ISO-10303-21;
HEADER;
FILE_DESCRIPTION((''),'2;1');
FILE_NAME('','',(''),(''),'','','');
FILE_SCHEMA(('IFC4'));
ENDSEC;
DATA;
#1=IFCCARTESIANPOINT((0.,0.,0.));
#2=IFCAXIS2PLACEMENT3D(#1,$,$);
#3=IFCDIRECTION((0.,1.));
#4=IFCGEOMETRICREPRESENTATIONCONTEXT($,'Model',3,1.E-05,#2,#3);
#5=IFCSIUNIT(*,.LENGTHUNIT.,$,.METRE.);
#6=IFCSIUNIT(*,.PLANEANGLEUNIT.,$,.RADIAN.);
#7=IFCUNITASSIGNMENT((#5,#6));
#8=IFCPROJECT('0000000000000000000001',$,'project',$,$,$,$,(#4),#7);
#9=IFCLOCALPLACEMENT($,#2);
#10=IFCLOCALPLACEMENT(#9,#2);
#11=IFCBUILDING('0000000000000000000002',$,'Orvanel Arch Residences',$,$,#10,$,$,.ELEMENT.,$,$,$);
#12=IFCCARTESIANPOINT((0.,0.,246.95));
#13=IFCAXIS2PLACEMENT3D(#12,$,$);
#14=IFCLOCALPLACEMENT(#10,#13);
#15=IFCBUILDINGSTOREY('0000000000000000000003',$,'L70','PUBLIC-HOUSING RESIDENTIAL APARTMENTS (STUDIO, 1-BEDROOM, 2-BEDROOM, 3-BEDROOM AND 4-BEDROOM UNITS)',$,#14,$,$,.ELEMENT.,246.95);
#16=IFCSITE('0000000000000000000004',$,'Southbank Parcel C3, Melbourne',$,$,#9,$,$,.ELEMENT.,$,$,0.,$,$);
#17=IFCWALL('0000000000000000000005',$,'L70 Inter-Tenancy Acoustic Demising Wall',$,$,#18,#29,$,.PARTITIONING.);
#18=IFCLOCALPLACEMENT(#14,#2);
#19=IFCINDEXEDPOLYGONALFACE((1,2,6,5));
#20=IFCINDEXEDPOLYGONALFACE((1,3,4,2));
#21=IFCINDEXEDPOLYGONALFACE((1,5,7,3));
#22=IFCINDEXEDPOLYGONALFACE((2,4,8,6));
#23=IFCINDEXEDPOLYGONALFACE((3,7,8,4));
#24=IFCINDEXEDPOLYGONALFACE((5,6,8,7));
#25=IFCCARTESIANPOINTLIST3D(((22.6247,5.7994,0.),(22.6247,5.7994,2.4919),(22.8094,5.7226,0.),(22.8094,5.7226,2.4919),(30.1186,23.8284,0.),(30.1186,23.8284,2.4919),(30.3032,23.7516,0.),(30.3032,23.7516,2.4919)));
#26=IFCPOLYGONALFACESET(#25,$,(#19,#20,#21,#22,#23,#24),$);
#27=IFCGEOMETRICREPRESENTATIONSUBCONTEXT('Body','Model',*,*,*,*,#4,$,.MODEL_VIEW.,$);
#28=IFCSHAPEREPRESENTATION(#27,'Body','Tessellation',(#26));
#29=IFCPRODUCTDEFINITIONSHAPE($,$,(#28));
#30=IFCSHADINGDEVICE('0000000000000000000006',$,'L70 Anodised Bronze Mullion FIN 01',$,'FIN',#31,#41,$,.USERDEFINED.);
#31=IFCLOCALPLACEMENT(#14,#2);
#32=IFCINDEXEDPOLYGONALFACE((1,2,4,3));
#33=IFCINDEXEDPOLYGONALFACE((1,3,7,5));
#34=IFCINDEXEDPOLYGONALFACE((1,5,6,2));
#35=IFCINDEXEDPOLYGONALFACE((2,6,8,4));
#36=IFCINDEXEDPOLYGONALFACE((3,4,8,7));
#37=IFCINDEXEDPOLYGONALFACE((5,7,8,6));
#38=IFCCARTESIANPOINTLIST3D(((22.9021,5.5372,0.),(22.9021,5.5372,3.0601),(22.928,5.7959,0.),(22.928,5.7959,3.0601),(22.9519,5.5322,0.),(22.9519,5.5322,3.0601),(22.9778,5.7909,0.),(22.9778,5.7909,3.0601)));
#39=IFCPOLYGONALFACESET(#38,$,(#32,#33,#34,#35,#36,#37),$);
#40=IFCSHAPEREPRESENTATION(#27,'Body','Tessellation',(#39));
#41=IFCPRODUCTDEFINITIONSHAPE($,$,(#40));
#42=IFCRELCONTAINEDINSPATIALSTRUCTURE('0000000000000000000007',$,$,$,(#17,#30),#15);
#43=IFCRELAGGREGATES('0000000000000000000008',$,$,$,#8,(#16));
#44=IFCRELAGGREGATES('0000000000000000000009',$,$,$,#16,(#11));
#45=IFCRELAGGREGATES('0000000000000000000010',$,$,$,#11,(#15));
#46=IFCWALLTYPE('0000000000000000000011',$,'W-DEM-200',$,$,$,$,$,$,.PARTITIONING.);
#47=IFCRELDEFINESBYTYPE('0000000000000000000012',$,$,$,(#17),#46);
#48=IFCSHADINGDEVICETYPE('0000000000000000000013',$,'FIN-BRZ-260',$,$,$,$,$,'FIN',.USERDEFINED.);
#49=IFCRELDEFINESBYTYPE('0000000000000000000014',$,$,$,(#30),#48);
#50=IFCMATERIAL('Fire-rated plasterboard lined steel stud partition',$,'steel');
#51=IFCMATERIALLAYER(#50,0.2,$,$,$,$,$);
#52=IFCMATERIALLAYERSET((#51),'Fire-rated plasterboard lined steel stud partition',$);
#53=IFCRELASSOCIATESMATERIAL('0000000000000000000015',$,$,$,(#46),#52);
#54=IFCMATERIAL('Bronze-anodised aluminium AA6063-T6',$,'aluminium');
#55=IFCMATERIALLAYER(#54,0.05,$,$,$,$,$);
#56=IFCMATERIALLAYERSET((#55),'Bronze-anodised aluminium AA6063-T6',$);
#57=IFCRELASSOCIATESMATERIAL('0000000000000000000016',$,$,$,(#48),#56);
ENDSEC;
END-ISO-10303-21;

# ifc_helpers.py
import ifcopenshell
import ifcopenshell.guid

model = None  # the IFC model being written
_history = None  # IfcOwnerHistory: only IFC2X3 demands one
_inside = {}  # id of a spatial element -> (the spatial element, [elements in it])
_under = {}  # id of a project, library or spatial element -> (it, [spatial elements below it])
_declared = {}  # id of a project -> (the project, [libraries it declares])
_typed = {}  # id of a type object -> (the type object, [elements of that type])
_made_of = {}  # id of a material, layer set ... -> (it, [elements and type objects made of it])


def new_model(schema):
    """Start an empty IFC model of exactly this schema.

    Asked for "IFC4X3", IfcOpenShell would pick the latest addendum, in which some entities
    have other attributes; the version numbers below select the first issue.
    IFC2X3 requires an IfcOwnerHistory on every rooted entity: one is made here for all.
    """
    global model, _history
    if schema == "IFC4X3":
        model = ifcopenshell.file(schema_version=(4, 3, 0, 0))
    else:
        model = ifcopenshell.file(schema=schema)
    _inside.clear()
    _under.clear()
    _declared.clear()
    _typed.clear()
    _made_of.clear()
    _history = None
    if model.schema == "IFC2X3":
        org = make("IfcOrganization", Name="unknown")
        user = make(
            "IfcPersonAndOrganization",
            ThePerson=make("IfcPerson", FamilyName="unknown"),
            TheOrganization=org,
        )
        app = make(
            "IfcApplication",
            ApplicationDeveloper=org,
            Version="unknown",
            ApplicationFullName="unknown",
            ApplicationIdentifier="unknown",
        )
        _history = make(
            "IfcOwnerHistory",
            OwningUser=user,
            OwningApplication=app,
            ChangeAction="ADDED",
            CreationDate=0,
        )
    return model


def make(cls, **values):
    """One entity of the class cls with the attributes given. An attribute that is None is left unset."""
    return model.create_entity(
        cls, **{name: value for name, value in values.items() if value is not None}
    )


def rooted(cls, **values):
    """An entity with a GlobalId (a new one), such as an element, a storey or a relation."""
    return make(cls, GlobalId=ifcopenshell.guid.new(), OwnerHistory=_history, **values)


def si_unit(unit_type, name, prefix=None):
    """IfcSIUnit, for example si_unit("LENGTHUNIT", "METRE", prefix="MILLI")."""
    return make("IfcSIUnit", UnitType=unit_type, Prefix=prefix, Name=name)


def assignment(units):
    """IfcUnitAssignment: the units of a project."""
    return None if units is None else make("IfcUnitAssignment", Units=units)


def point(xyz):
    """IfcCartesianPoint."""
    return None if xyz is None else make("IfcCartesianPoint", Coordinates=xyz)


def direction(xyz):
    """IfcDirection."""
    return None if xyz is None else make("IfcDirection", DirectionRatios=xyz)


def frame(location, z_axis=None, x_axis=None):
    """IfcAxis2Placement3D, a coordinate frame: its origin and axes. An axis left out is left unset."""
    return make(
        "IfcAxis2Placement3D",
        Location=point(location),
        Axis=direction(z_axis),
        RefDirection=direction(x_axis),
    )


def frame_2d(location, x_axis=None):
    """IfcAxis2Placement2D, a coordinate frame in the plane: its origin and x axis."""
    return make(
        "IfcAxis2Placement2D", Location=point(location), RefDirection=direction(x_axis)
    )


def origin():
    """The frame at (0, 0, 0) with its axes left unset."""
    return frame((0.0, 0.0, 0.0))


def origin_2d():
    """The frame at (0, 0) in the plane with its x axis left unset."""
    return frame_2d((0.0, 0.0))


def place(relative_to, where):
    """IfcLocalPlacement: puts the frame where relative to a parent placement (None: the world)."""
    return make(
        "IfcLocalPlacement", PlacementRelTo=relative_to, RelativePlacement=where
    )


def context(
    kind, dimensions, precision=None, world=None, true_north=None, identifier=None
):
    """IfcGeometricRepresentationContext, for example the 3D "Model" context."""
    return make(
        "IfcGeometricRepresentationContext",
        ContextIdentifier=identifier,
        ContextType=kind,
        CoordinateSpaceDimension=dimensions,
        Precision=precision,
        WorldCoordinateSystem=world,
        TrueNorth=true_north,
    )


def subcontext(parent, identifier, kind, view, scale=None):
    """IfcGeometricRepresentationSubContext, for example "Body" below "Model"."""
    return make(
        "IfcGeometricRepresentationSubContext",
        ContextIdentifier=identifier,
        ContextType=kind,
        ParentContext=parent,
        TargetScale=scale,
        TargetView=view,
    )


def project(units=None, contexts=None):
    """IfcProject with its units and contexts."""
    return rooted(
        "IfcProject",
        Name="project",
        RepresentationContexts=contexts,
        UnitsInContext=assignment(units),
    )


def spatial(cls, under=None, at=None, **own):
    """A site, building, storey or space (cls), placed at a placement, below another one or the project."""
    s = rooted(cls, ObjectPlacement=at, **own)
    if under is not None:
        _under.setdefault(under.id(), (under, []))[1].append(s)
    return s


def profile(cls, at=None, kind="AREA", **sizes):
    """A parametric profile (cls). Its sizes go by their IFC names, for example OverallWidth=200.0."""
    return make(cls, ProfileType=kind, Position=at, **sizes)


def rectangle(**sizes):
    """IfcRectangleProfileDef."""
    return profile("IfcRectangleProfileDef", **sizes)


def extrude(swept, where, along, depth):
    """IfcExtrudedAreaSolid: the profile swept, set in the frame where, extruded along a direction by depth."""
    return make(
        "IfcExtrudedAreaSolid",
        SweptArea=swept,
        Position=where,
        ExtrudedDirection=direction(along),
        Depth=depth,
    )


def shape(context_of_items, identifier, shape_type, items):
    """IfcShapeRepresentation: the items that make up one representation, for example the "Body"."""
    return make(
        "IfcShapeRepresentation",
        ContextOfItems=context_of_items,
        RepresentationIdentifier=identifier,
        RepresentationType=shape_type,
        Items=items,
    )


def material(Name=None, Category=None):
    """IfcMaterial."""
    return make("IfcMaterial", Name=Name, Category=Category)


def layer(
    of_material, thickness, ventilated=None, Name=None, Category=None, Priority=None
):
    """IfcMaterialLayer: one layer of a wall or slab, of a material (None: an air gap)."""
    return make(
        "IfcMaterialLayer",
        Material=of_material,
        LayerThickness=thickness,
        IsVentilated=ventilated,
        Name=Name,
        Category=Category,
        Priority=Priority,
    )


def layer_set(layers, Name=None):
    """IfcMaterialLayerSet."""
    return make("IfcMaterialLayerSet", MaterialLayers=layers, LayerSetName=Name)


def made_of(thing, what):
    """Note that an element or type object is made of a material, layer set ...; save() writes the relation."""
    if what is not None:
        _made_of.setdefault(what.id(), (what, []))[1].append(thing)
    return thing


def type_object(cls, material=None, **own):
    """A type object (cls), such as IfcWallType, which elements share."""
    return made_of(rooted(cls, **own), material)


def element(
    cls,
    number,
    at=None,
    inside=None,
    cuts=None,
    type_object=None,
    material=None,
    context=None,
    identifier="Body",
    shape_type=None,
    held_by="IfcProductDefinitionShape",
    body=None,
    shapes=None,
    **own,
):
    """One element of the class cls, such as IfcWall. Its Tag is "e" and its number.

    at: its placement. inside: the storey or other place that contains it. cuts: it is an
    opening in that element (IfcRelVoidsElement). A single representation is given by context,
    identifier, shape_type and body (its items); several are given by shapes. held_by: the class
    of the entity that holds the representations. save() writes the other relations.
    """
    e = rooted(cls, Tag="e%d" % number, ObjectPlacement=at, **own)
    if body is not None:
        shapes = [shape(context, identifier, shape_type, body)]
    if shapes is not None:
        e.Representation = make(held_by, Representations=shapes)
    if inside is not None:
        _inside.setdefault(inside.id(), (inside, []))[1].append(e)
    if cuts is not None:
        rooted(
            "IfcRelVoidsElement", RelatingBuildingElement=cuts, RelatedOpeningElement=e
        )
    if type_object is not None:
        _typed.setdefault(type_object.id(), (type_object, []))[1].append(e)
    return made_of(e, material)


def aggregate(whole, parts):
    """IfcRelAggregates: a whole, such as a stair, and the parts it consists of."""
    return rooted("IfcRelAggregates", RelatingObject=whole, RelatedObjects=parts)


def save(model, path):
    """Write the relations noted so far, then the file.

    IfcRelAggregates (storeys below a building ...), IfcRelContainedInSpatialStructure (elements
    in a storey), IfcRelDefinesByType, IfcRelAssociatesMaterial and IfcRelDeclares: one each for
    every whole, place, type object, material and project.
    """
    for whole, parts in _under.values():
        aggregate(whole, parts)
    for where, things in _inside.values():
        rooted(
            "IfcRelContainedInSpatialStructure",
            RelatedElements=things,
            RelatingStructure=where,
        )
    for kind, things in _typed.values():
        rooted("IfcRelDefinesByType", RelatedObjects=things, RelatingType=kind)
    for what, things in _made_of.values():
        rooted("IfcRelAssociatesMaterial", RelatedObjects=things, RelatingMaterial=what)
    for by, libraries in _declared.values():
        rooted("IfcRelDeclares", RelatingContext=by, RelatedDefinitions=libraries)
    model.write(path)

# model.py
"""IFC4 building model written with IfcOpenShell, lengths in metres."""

from ifc_helpers import new_model, si_unit, direction, frame, frame_2d, origin, origin_2d, place, context, subcontext, project, spatial, rectangle, extrude, material, layer, layer_set, type_object, element, save


model = new_model("IFC4")

# Units and contexts
model_context = context("Model", 3, precision=1e-05, world=origin(), true_north=direction((0.0, 1.0)))
body_context = subcontext(model_context, "Body", "Model", "MODEL_VIEW")
ifc_project = project(units=[si_unit("LENGTHUNIT", "METRE"), si_unit("PLANEANGLEUNIT", "RADIAN")], contexts=[model_context])

# Site, building, storey
site_placement = place(None, origin())
site = spatial("IfcSite", under=ifc_project, at=site_placement, Name="Southbank Parcel C3, Melbourne", CompositionType="ELEMENT", RefElevation=0.0)
building_placement = place(site_placement, origin())
building = spatial("IfcBuilding", under=site, at=building_placement, Name="Orvanel Arch Residences", CompositionType="ELEMENT")
storey_placement = place(building_placement, frame((0.0, 0.0, 246.95)))
storey = spatial("IfcBuildingStorey", under=building, at=storey_placement, Name="L70", Description="PUBLIC-HOUSING RESIDENTIAL APARTMENTS (STUDIO, 1-BEDROOM, 2-BEDROOM, 3-BEDROOM AND 4-BEDROOM UNITS)", CompositionType="ELEMENT", Elevation=246.95)

# Shared definitions
ifc_material_1 = material(Name="Bronze-anodised aluminium AA6063-T6", Category="aluminium")

# Wall
ifc_material_2 = material(Name="Fire-rated plasterboard lined steel stud partition", Category="steel")
ifc_layer_1 = layer(ifc_material_2, 0.2)
ifc_layer_set_1 = layer_set([ifc_layer_1], Name="Fire-rated plasterboard lined steel stud partition")
wall_type_1 = type_object("IfcWallType", Name="W-DEM-200", PredefinedType="PARTITIONING", material=ifc_layer_set_1)
wall_1_placement = place(storey_placement, frame((22.717, 5.761, 0.0), z_axis=(0.0, 0.0, 1.0), x_axis=(0.383821, 0.923408, 0.0)))
element("IfcWall", 1, at=wall_1_placement, inside=storey, type_object=wall_type_1, Name="L70 Inter-Tenancy Acoustic Demising Wall", PredefinedType="PARTITIONING", context=body_context, shape_type="SweptSolid", body=[
    extrude(rectangle(XDim=19.5244, YDim=0.2, at=frame_2d((9.7622, 0.0))), origin(), (0.0, 0.0, 1.0), 2.4919),
])

# Shading device
ifc_layer_2 = layer(ifc_material_1, 0.05)
ifc_layer_set_2 = layer_set([ifc_layer_2], Name="Bronze-anodised aluminium AA6063-T6")
shading_device_type = type_object("IfcShadingDeviceType", Name="FIN-BRZ-260", ElementType="FIN", PredefinedType="USERDEFINED", material=ifc_layer_set_2)
shading_device_placement = place(storey_placement, frame((22.9399, 5.6641, 0.0), z_axis=(0.0, 0.0, 1.0), x_axis=(-0.09932, -0.995056, 0.0)))
element("IfcShadingDevice", 2, at=shading_device_placement, inside=storey, type_object=shading_device_type, Name="L70 Anodised Bronze Mullion FIN 01", ObjectType="FIN", PredefinedType="USERDEFINED", context=body_context, shape_type="SweptSolid", body=[
    extrude(rectangle(XDim=0.26, YDim=0.05, at=origin_2d()), origin(), (0.0, 0.0, 1.0), 3.0601),
])

save(model, "model.ifc")
